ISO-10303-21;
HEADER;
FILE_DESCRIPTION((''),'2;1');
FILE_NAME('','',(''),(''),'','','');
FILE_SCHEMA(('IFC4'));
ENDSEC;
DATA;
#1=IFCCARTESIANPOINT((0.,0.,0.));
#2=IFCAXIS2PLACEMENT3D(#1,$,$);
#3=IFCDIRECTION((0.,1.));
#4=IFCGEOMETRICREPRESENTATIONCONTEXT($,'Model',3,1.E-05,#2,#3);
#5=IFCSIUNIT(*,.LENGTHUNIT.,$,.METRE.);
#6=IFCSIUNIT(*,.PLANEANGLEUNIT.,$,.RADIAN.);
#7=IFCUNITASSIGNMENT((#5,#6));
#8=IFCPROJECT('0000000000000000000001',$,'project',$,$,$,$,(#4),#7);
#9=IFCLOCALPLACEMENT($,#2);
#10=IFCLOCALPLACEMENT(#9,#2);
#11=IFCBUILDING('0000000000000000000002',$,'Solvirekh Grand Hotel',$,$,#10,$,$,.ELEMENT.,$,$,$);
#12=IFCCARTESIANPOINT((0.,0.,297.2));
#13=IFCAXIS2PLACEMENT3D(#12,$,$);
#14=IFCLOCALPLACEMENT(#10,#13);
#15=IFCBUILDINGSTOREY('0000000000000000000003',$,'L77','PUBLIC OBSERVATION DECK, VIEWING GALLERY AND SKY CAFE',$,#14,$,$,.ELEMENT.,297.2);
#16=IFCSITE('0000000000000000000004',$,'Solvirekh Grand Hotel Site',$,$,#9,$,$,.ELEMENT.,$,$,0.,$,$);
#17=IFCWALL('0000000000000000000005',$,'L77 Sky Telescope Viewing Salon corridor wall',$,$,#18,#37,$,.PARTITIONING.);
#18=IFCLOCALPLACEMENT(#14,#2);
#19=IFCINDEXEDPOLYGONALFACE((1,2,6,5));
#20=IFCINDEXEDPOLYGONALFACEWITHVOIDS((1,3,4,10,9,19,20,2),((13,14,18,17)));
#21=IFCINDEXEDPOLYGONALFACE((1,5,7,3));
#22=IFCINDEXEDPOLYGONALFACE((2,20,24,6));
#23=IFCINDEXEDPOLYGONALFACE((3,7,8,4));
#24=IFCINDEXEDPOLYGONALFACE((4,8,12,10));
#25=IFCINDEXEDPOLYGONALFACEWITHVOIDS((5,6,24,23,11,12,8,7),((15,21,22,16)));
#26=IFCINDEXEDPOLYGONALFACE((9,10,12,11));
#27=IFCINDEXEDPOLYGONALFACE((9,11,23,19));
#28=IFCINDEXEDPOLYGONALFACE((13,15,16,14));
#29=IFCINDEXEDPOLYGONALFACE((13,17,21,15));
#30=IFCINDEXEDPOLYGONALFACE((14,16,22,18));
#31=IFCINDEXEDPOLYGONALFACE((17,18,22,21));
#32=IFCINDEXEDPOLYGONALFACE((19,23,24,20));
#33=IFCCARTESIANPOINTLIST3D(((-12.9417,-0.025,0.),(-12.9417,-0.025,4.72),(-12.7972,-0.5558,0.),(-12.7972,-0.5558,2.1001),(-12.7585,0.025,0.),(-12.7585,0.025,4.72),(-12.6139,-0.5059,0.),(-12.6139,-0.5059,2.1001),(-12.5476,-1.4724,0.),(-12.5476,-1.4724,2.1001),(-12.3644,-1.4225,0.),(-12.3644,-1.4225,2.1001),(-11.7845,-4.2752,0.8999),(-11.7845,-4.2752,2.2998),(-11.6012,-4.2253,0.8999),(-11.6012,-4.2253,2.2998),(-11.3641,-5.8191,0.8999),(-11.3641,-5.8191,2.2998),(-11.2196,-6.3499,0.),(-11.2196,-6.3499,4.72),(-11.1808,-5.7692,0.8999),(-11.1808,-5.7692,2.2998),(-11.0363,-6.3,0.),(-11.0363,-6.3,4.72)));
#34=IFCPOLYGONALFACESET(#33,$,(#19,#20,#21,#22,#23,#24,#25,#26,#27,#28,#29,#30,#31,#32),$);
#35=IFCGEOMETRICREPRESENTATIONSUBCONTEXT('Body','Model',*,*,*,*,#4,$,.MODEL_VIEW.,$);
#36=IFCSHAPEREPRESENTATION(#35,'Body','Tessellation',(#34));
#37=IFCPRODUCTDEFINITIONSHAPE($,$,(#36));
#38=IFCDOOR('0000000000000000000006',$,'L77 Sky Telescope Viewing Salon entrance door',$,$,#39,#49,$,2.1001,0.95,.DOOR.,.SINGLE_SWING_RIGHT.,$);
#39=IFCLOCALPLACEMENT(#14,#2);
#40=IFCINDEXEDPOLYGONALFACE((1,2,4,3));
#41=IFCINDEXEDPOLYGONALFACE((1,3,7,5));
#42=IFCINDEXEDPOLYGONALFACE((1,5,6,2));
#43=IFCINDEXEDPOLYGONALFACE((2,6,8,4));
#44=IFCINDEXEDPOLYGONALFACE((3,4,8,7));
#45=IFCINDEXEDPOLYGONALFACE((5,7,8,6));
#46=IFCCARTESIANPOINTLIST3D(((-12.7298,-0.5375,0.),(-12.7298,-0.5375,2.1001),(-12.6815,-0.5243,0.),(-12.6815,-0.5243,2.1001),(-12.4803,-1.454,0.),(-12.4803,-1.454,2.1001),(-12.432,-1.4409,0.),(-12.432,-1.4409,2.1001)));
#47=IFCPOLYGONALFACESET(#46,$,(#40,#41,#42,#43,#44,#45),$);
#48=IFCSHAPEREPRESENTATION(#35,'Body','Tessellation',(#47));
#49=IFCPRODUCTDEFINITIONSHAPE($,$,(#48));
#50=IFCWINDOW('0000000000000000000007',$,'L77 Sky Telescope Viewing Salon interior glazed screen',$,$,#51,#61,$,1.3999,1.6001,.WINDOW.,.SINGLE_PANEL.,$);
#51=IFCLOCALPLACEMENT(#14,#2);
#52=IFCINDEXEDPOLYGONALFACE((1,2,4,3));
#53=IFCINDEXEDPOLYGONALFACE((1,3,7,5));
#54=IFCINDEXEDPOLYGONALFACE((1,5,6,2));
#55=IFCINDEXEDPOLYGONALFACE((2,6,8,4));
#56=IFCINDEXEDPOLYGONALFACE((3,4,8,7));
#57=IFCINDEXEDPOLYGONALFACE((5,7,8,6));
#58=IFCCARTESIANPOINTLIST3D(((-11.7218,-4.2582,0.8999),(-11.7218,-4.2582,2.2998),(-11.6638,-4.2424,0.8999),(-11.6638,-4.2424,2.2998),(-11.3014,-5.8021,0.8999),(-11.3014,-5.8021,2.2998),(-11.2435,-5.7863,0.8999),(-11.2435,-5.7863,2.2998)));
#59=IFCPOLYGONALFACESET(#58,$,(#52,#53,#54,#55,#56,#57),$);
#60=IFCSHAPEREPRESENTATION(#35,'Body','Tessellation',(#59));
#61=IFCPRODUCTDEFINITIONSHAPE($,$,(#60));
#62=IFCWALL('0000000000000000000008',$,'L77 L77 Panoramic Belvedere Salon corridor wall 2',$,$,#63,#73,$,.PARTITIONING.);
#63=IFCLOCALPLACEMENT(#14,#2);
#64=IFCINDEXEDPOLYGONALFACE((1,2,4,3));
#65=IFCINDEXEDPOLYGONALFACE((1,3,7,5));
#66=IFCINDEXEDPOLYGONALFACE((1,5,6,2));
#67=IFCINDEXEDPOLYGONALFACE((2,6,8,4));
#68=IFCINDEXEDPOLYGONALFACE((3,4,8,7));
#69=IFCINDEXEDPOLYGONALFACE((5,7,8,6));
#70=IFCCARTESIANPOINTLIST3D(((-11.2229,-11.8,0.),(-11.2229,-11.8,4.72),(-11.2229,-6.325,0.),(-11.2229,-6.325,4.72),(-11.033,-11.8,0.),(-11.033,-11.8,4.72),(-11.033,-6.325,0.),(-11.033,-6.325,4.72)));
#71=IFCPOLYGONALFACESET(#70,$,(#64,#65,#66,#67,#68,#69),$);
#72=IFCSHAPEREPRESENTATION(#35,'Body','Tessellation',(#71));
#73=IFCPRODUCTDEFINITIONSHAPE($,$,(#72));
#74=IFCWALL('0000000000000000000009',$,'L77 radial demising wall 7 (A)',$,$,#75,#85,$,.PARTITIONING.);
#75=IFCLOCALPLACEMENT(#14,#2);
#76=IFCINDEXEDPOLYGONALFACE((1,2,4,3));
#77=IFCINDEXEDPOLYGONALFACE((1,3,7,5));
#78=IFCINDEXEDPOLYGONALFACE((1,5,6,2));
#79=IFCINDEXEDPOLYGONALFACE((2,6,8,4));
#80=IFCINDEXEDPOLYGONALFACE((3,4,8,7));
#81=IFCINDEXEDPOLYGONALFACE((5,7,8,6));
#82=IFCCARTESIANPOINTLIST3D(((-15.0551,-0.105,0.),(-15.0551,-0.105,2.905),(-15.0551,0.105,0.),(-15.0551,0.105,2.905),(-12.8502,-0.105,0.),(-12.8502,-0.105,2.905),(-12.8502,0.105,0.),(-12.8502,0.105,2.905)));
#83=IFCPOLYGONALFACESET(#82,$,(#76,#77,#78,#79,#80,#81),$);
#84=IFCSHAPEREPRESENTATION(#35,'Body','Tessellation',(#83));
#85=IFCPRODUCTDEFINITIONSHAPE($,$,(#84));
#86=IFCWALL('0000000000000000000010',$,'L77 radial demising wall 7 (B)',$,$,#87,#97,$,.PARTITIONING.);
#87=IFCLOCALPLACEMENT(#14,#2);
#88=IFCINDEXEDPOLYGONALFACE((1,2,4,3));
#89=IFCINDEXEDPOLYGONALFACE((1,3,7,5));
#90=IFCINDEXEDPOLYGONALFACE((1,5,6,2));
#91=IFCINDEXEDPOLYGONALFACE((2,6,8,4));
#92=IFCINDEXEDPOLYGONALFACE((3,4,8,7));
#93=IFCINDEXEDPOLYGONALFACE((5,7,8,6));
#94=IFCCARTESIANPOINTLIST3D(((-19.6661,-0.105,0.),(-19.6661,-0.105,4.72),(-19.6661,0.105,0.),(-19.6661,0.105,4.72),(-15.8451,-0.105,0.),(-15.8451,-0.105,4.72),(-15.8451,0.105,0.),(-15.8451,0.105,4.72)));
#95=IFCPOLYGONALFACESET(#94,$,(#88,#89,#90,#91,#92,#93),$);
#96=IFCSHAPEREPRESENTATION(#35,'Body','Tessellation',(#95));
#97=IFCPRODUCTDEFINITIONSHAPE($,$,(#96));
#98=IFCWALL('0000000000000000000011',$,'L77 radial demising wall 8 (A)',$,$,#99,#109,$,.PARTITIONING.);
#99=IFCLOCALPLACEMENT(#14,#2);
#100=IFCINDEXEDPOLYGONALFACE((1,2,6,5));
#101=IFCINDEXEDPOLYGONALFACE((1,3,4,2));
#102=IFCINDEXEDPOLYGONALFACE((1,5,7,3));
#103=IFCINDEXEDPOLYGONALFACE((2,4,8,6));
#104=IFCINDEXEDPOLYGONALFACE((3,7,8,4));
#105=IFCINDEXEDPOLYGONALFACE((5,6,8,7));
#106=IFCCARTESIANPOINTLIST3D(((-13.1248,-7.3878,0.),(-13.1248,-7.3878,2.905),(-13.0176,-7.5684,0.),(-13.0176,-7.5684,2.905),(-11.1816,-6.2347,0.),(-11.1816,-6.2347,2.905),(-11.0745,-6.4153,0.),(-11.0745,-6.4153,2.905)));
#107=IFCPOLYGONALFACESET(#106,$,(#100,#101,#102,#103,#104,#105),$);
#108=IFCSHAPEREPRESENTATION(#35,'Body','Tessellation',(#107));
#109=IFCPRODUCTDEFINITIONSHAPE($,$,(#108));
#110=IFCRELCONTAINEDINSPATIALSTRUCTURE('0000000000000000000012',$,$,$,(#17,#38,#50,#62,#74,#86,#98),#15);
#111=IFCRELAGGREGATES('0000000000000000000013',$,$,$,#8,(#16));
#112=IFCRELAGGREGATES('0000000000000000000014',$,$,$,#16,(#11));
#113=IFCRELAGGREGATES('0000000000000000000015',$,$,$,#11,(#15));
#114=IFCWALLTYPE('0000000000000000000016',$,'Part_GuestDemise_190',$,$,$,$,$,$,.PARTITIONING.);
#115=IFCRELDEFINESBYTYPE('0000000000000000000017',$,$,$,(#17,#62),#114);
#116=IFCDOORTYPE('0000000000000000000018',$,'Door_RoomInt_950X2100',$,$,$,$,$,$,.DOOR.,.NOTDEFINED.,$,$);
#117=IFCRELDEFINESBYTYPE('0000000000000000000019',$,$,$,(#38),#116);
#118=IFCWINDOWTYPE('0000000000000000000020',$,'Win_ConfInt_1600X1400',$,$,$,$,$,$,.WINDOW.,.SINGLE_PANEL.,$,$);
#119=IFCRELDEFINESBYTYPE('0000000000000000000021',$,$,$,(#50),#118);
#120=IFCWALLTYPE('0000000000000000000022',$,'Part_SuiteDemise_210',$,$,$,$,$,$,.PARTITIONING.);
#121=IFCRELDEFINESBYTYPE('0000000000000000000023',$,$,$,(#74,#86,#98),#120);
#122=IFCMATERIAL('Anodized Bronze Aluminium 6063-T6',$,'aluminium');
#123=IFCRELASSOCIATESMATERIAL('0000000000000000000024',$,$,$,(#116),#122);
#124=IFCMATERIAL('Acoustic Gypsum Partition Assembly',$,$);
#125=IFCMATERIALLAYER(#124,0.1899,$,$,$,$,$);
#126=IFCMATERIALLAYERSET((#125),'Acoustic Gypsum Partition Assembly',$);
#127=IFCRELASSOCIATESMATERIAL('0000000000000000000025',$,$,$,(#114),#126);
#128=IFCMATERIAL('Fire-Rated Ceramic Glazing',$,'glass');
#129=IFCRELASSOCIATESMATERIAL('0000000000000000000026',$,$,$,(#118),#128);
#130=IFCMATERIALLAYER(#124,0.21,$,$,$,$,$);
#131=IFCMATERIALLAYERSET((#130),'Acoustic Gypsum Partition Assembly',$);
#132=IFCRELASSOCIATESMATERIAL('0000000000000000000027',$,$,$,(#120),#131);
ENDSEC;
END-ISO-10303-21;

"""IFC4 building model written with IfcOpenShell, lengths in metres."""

from ifc_helpers import new_model, si_unit, direction, frame, frame_2d, origin, place, context, subcontext, project, spatial, rectangle, extrude, material, layer, layer_set, type_object, element, fill, save


model = new_model("IFC4")

# Units and contexts
model_context = context("Model", 3, precision=1e-05, world=origin(), true_north=direction((0.0, 1.0)))
body_context = subcontext(model_context, "Body", "Model", "MODEL_VIEW")
ifc_project = project(units=[si_unit("LENGTHUNIT", "METRE"), si_unit("PLANEANGLEUNIT", "RADIAN")], contexts=[model_context])

# Site, building, storey
site_placement = place(None, origin())
site = spatial("IfcSite", under=ifc_project, at=site_placement, Name="Solvirekh Grand Hotel Site", CompositionType="ELEMENT", RefElevation=0.0)
building_placement = place(site_placement, origin())
building = spatial("IfcBuilding", under=site, at=building_placement, Name="Solvirekh Grand Hotel", CompositionType="ELEMENT")
storey_placement = place(building_placement, frame((0.0, 0.0, 297.2)))
storey = spatial("IfcBuildingStorey", under=building, at=storey_placement, Name="L77", Description="PUBLIC OBSERVATION DECK, VIEWING GALLERY AND SKY CAFE", CompositionType="ELEMENT", Elevation=297.2)

# Shared definitions
ifc_material_1 = material(Name="Anodized Bronze Aluminium 6063-T6", Category="aluminium")

# Shared definitions
ifc_material_2 = material(Name="Acoustic Gypsum Partition Assembly")

# Shared definitions
door_type = type_object("IfcDoorType", Name="Door_RoomInt_950X2100", OperationType="NOTDEFINED", PredefinedType="DOOR", material=ifc_material_1)

# Wall, openings, door, window
ifc_layer_1 = layer(ifc_material_2, 0.1899)
ifc_layer_set_1 = layer_set([ifc_layer_1], Name="Acoustic Gypsum Partition Assembly")
wall_type_1 = type_object("IfcWallType", Name="Part_GuestDemise_190", PredefinedType="PARTITIONING", material=ifc_layer_set_1)
wall_1_placement = place(storey_placement, frame((-12.8501, 0.0, 0.0), z_axis=(0.0, 0.0, 1.0), x_axis=(0.262717, -0.964873, 0.0)))
wall_1 = element("IfcWall", 1, at=wall_1_placement, inside=storey, type_object=wall_type_1, Name="L77 Sky Telescope Viewing Salon corridor wall", PredefinedType="PARTITIONING", context=body_context, shape_type="SweptSolid", body=[
    extrude(rectangle(XDim=6.5552, YDim=0.1899, at=frame_2d((3.2776, 0.0))), origin(), (0.0, 0.0, 1.0), 4.72),
])
opening_1_placement = place(wall_1_placement, frame((0.55, 0.0, 0.0)))
opening_1 = element("IfcOpeningElement", 2, at=opening_1_placement, cuts=wall_1, PredefinedType="OPENING", context=body_context, shape_type="SweptSolid", body=[
    extrude(rectangle(XDim=0.95, YDim=2.1001, at=frame_2d((0.4751, 1.05))), frame((0.0, 0.105, 0.0), z_axis=(0.0, -1.0, 0.0), x_axis=(1.0, 0.0, 0.0)), (0.0, 0.0, 1.0), 0.21),
])
opening_2_placement = place(wall_1_placement, frame((4.405, 0.0, 0.8999)))
opening_2 = element("IfcOpeningElement", 3, at=opening_2_placement, cuts=wall_1, PredefinedType="OPENING", context=body_context, shape_type="SweptSolid", body=[
    extrude(rectangle(XDim=1.6001, YDim=1.3999, at=frame_2d((0.8, 0.7))), frame((0.0, 0.105, 0.0), z_axis=(0.0, -1.0, 0.0), x_axis=(1.0, 0.0, 0.0)), (0.0, 0.0, 1.0), 0.21),
])
door_1_placement = place(opening_1_placement, origin())
door_1 = element("IfcDoor", 4, at=door_1_placement, inside=storey, type_object=door_type, Name="L77 Sky Telescope Viewing Salon entrance door", OperationType="SINGLE_SWING_RIGHT", OverallHeight=2.1001, OverallWidth=0.95, PredefinedType="DOOR", context=body_context, shape_type="SweptSolid", body=[
    extrude(rectangle(XDim=0.95, YDim=2.1001, at=frame_2d((0.4751, 1.05))), frame((0.0, 0.0249, 0.0), z_axis=(0.0, -1.0, 0.0), x_axis=(1.0, 0.0, 0.0)), (0.0, 0.0, 1.0), 0.05),
])
fill(opening_1, door_1)
ifc_material_3 = material(Name="Fire-Rated Ceramic Glazing", Category="glass")
window_type = type_object("IfcWindowType", Name="Win_ConfInt_1600X1400", PartitioningType="SINGLE_PANEL", PredefinedType="WINDOW", material=ifc_material_3)
window_placement = place(opening_2_placement, origin())
window = element("IfcWindow", 5, at=window_placement, inside=storey, type_object=window_type, Name="L77 Sky Telescope Viewing Salon interior glazed screen", OverallHeight=1.3999, OverallWidth=1.6001, PartitioningType="SINGLE_PANEL", PredefinedType="WINDOW", context=body_context, shape_type="SweptSolid", body=[
    extrude(rectangle(XDim=1.6001, YDim=1.3999, at=frame_2d((0.8, 0.7))), frame((0.0, 0.03, 0.0), z_axis=(0.0, -1.0, 0.0), x_axis=(1.0, 0.0, 0.0)), (0.0, 0.0, 1.0), 0.0601),
])
fill(opening_2, window)

# Walls
wall_2_placement = place(storey_placement, frame((-11.1279, -6.325, 0.0), z_axis=(0.0, 0.0, 1.0), x_axis=(0.0, -1.0, 0.0)))
element("IfcWall", 6, at=wall_2_placement, inside=storey, type_object=wall_type_1, Name="L77 L77 Panoramic Belvedere Salon corridor wall 2", PredefinedType="PARTITIONING", context=body_context, shape_type="SweptSolid", body=[
    extrude(rectangle(XDim=5.4751, YDim=0.1899, at=frame_2d((2.7375, 0.0))), origin(), (0.0, 0.0, 1.0), 4.72),
])
ifc_layer_2 = layer(ifc_material_2, 0.21)
ifc_layer_set_2 = layer_set([ifc_layer_2], Name="Acoustic Gypsum Partition Assembly")
wall_type_2 = type_object("IfcWallType", Name="Part_SuiteDemise_210", PredefinedType="PARTITIONING", material=ifc_layer_set_2)
wall_3_placement = place(storey_placement, frame((-12.8501, 0.0, 0.0), z_axis=(0.0, 0.0, 1.0), x_axis=(-1.0, 0.0, 0.0)))
element("IfcWall", 7, at=wall_3_placement, inside=storey, type_object=wall_type_2, Name="L77 radial demising wall 7 (A)", PredefinedType="PARTITIONING", context=body_context, shape_type="SweptSolid", body=[
    extrude(rectangle(XDim=2.2048, YDim=0.21, at=frame_2d((1.1025, 0.0))), origin(), (0.0, 0.0, 1.0), 2.905),
])
wall_4_placement = place(storey_placement, frame((-15.845, 0.0, 0.0), z_axis=(0.0, 0.0, 1.0), x_axis=(-1.0, 0.0, 0.0)))
element("IfcWall", 8, at=wall_4_placement, inside=storey, type_object=wall_type_2, Name="L77 radial demising wall 7 (B)", PredefinedType="PARTITIONING", context=body_context, shape_type="SweptSolid", body=[
    extrude(rectangle(XDim=3.821, YDim=0.21, at=frame_2d((1.9106, 0.0))), origin(), (0.0, 0.0, 1.0), 4.72),
])
wall_5_placement = place(storey_placement, frame((-11.1279, -6.325, 0.0), z_axis=(0.0, 0.0, 1.0), x_axis=(-0.859981, -0.510327, 0.0)))
element("IfcWall", 9, at=wall_5_placement, inside=storey, type_object=wall_type_2, Name="L77 radial demising wall 8 (A)", PredefinedType="PARTITIONING", context=body_context, shape_type="SweptSolid", body=[
    extrude(rectangle(XDim=2.2595, YDim=0.21, at=frame_2d((1.1299, 0.0))), origin(), (0.0, 0.0, 1.0), 2.905),
])

save(model, "model.ifc")
